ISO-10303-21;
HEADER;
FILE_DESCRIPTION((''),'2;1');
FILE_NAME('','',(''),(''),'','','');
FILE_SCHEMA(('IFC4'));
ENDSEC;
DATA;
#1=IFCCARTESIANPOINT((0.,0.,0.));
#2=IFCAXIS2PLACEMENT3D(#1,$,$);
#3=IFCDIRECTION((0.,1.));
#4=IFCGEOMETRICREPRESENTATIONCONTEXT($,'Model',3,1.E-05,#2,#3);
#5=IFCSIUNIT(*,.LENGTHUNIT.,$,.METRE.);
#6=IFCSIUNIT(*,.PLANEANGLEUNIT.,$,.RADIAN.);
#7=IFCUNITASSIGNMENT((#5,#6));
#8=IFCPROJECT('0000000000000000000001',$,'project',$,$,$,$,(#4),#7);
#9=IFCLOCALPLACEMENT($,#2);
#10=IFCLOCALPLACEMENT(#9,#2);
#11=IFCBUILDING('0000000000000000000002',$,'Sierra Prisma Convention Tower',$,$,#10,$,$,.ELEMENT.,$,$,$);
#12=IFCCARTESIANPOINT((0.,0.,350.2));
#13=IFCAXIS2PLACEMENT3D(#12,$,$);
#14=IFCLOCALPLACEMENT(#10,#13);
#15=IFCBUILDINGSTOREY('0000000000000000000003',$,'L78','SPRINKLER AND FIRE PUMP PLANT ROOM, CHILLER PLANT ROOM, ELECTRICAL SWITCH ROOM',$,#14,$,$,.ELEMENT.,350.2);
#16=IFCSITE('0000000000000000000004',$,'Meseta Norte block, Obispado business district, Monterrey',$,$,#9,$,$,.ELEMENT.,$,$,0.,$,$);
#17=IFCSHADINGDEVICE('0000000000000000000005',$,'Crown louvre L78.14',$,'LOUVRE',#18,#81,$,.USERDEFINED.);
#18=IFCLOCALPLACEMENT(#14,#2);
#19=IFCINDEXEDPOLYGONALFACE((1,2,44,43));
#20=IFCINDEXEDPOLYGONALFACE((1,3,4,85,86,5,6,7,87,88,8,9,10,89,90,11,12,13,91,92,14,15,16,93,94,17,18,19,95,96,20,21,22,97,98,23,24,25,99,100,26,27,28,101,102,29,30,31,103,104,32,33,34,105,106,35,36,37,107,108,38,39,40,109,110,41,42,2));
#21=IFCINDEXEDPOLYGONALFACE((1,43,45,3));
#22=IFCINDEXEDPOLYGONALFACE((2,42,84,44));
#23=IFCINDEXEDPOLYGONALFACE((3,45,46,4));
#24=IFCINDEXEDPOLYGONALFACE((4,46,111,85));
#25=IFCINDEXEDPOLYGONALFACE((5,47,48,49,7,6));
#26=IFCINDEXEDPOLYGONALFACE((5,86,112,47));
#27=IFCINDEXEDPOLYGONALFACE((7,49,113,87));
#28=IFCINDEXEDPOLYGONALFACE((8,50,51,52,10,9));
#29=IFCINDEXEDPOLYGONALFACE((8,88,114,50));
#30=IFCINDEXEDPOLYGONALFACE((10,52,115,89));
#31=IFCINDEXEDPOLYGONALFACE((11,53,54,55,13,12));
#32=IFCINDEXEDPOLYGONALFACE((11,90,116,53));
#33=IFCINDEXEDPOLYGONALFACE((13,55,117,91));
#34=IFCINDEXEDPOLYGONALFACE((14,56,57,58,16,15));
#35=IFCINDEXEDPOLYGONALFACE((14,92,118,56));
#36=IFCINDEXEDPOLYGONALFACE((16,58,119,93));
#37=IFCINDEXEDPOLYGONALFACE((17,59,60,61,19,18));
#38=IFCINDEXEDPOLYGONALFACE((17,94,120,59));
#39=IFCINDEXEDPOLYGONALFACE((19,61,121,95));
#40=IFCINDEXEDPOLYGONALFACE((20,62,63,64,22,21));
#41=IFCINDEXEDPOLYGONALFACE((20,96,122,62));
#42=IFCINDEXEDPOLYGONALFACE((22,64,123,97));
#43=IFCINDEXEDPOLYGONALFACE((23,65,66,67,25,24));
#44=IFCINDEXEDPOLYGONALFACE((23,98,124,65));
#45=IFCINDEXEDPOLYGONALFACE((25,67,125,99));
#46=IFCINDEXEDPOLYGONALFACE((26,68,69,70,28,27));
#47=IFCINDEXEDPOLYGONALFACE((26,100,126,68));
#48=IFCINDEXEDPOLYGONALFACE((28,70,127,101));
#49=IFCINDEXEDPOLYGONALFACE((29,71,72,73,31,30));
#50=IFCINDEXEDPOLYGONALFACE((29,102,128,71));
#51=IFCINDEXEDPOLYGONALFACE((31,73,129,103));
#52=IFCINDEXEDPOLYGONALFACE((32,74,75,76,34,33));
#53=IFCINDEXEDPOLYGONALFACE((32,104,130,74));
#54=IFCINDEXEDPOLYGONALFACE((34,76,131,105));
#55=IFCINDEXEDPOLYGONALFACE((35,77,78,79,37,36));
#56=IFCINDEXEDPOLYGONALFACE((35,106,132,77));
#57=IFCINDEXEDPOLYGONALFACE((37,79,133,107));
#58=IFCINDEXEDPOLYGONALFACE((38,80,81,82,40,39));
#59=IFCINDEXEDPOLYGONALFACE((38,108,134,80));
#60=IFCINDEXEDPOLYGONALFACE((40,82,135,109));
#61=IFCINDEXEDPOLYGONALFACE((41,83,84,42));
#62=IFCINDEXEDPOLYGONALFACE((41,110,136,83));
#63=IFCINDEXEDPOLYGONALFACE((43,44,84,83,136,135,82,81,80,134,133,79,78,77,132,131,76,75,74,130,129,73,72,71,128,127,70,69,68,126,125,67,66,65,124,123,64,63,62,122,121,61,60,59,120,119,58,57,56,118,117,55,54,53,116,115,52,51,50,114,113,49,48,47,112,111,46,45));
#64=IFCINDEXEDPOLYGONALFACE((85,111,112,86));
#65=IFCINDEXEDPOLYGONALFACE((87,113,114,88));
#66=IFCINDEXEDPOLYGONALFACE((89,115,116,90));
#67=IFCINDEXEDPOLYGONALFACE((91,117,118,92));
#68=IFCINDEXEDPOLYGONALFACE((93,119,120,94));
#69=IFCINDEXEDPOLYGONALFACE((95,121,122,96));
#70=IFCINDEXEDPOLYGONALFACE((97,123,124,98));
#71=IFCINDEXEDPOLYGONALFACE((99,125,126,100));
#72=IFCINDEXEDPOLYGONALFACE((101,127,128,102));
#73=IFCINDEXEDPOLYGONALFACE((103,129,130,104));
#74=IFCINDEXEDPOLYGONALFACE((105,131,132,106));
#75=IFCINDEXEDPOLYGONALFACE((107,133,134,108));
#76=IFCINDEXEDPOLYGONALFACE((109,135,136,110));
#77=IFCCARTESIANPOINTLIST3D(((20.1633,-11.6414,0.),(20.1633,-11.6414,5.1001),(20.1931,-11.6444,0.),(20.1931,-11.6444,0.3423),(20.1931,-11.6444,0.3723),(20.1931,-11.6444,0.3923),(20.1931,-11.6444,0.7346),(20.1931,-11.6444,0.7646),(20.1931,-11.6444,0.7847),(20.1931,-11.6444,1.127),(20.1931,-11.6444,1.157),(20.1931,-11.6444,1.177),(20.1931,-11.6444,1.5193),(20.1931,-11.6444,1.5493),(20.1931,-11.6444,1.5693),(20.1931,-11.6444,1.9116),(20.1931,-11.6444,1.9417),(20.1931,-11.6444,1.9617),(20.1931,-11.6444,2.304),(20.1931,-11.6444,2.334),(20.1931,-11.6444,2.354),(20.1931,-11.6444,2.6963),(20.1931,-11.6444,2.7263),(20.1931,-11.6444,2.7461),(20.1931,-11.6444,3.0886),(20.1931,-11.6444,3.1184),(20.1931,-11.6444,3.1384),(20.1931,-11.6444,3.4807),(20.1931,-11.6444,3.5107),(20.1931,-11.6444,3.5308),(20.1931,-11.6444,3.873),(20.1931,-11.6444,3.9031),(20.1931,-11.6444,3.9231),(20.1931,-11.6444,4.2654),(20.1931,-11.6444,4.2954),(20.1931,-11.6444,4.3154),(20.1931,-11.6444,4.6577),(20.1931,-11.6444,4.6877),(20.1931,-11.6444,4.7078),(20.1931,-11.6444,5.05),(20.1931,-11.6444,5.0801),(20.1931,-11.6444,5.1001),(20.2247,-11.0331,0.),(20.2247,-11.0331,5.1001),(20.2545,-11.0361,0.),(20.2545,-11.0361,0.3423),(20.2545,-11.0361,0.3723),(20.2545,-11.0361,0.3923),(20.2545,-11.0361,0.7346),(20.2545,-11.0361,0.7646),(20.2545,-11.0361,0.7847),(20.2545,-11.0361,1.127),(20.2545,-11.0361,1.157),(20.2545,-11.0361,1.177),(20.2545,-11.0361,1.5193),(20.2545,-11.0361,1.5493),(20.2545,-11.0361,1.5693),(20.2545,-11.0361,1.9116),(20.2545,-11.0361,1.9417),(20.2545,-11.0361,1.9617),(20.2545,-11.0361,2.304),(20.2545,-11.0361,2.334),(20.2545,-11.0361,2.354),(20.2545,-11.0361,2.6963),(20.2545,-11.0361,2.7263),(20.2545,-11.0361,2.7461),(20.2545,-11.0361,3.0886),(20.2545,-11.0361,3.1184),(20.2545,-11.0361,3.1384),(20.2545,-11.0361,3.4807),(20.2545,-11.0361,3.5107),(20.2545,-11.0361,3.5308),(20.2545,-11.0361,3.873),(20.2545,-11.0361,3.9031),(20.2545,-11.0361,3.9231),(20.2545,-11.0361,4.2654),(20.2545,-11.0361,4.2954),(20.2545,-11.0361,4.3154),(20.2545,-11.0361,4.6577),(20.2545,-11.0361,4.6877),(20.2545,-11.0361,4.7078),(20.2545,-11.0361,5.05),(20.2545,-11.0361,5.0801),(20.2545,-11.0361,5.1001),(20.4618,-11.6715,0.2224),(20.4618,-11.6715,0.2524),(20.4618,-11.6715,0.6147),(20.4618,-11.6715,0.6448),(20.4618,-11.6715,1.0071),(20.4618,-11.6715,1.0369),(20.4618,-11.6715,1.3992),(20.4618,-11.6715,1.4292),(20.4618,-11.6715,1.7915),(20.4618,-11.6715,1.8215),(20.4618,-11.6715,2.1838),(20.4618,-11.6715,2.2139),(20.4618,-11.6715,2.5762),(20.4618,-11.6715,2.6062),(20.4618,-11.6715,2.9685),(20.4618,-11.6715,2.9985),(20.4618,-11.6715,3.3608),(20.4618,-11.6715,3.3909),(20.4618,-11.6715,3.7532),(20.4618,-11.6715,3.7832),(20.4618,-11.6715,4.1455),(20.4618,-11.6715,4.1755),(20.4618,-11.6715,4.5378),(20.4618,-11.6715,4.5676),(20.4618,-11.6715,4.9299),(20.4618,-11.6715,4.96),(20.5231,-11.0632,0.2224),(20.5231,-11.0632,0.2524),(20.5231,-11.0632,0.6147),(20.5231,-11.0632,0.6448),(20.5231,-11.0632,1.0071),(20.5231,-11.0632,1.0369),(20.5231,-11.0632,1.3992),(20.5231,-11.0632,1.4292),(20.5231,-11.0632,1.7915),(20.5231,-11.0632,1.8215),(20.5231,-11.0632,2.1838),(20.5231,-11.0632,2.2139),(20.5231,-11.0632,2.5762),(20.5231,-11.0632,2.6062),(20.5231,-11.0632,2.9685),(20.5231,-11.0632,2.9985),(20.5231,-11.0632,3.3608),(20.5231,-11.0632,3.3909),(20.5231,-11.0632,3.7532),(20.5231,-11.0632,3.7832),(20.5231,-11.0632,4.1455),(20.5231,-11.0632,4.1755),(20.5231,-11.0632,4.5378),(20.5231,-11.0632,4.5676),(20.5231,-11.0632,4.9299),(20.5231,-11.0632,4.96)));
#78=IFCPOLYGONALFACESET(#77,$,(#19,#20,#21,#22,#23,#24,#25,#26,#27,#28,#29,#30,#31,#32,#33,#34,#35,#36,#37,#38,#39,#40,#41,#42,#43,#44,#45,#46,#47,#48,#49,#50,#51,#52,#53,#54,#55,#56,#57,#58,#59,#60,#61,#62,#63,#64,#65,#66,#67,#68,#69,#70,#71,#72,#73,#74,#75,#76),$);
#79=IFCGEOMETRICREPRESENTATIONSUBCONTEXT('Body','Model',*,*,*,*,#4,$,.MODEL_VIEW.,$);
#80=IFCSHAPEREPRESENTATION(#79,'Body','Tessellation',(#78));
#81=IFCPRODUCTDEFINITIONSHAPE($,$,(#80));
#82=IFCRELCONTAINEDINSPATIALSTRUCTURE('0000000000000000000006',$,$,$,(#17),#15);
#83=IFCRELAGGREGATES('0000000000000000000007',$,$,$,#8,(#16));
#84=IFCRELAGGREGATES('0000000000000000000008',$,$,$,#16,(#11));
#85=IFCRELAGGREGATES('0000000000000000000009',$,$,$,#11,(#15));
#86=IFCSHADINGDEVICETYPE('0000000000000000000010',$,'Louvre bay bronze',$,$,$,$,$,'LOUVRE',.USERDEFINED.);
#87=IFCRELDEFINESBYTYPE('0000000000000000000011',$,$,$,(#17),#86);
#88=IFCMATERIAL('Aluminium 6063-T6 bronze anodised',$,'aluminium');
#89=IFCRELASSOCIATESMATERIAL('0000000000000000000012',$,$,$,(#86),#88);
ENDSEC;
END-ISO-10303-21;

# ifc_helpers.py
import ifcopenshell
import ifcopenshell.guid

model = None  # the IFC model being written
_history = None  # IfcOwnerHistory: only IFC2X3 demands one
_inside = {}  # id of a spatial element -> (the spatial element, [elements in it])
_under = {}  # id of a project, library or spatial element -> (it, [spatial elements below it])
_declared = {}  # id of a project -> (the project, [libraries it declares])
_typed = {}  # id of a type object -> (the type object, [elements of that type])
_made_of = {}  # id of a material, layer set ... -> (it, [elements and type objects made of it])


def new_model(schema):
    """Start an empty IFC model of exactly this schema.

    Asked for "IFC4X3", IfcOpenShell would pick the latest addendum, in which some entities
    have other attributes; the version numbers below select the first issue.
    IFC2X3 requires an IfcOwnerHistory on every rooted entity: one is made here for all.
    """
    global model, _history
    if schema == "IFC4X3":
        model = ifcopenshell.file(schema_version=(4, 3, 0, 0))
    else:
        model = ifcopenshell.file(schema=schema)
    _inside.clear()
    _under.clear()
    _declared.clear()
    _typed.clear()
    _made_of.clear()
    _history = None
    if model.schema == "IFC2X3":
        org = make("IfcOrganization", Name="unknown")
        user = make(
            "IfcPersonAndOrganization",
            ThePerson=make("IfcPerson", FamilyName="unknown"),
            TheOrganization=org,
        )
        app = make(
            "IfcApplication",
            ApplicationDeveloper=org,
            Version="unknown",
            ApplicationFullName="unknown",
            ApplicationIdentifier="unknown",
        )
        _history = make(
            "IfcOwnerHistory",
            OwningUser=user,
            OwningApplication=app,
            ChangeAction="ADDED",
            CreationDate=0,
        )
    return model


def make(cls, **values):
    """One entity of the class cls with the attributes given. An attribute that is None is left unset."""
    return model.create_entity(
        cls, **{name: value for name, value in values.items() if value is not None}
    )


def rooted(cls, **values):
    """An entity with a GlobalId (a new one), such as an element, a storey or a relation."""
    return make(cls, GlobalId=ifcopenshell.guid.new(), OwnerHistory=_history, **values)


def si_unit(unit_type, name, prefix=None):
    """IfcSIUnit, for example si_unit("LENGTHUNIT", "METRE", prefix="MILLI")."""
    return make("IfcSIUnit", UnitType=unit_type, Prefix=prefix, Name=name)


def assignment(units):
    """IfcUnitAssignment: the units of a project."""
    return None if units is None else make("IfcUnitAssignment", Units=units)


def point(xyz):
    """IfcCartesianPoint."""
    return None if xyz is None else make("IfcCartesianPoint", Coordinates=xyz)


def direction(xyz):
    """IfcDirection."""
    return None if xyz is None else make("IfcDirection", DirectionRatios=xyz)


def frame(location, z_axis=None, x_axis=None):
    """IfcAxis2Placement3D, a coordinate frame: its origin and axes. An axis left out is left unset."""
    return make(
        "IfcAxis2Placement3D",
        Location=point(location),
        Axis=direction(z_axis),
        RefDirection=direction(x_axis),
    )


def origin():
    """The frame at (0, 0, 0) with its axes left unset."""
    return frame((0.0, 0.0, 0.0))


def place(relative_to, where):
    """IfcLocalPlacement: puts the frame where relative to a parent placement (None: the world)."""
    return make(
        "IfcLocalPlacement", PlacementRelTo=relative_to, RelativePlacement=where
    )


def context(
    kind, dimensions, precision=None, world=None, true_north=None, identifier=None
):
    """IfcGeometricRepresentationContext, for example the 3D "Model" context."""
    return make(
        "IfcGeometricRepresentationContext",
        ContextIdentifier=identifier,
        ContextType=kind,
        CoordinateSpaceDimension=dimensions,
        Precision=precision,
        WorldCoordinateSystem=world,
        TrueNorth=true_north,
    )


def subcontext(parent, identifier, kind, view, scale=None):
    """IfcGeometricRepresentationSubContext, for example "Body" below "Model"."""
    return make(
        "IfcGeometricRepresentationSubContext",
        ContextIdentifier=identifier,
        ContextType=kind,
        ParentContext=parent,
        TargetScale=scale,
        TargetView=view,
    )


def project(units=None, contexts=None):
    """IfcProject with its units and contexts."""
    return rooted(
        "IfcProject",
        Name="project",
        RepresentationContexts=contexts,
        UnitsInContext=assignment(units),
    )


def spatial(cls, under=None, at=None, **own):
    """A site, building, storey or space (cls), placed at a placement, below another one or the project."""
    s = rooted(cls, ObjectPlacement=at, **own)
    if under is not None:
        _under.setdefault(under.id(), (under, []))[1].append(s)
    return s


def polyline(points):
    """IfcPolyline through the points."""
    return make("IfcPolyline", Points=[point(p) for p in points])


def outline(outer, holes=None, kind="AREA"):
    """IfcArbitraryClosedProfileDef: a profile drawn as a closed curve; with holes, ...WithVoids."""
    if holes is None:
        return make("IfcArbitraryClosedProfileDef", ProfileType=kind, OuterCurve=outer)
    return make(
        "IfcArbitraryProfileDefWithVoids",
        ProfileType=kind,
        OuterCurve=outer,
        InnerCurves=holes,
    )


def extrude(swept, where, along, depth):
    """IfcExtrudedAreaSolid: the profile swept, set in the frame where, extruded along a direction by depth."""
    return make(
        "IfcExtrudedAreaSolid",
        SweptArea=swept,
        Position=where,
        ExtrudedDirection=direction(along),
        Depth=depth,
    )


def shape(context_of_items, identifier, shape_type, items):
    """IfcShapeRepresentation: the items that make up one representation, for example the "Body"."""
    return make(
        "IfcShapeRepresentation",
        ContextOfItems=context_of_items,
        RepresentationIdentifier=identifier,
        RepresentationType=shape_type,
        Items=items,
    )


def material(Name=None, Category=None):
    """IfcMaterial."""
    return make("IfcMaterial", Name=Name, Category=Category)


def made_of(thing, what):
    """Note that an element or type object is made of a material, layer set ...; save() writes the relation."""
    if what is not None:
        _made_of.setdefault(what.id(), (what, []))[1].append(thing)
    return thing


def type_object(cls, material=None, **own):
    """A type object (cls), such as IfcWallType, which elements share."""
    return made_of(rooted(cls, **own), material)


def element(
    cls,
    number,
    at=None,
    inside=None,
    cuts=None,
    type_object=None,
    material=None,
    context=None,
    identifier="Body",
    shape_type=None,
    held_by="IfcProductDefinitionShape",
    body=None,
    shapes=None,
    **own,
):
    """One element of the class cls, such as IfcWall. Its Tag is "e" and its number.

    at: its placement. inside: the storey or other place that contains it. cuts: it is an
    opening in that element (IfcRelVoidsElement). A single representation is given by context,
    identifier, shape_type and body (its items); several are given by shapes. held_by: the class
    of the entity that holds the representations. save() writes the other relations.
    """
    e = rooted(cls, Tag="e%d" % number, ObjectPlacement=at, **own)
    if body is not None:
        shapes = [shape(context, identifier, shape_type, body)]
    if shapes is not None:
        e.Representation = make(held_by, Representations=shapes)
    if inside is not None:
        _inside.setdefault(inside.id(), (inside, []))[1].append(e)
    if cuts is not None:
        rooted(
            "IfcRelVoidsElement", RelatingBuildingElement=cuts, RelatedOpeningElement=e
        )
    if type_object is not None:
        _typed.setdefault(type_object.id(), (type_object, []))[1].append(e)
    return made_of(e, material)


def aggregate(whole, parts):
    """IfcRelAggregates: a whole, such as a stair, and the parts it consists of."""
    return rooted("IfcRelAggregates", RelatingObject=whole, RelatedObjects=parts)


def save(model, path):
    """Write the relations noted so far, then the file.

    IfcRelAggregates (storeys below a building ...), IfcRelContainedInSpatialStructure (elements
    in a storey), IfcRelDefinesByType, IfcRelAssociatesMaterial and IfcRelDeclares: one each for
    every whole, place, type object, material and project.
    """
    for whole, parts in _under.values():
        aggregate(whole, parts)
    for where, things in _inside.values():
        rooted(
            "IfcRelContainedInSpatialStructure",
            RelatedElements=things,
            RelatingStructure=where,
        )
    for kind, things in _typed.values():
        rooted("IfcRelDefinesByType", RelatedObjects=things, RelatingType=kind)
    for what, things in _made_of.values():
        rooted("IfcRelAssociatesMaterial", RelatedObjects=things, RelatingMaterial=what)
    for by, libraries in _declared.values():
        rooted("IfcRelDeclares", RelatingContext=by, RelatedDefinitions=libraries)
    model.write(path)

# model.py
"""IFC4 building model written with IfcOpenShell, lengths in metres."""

from ifc_helpers import new_model, si_unit, direction, frame, origin, place, context, subcontext, project, spatial, polyline, outline, extrude, material, type_object, element, save


model = new_model("IFC4")

# Units and contexts
model_context = context("Model", 3, precision=1e-05, world=origin(), true_north=direction((0.0, 1.0)))
body_context = subcontext(model_context, "Body", "Model", "MODEL_VIEW")
ifc_project = project(units=[si_unit("LENGTHUNIT", "METRE"), si_unit("PLANEANGLEUNIT", "RADIAN")], contexts=[model_context])

# Site, building, storey
site_placement = place(None, origin())
site = spatial("IfcSite", under=ifc_project, at=site_placement, Name="Meseta Norte block, Obispado business district, Monterrey", CompositionType="ELEMENT", RefElevation=0.0)
building_placement = place(site_placement, origin())
building = spatial("IfcBuilding", under=site, at=building_placement, Name="Sierra Prisma Convention Tower", CompositionType="ELEMENT")
storey_placement = place(building_placement, frame((0.0, 0.0, 350.2)))
storey = spatial("IfcBuildingStorey", under=building, at=storey_placement, Name="L78", Description="SPRINKLER AND FIRE PUMP PLANT ROOM, CHILLER PLANT ROOM, ELECTRICAL SWITCH ROOM", CompositionType="ELEMENT", Elevation=350.2)

# Shading device
ifc_material_1 = material(Name="Aluminium 6063-T6 bronze anodised", Category="aluminium")
shading_device_type = type_object("IfcShadingDeviceType", Name="Louvre bay bronze", ElementType="LOUVRE", PredefinedType="USERDEFINED", material=ifc_material_1)
shading_device_1_placement = place(storey_placement, frame((20.1633, -11.6414, 0.0), z_axis=(-0.100375, -0.99495, 0.0), x_axis=(0.0, 0.0, 1.0)))
element("IfcShadingDevice", 1, at=shading_device_1_placement, inside=storey, type_object=shading_device_type, Name="Crown louvre L78.14", ObjectType="LOUVRE", PredefinedType="USERDEFINED", context=body_context, shape_type="SweptSolid", body=[
    extrude(outline(polyline([(0.0, 0.0), (5.1001, 0.0), (5.1001, -0.0299), (5.0801, -0.0299), (4.96, -0.2999), (4.9299, -0.2999), (5.05, -0.0299), (4.7078, -0.0299), (4.6877, -0.0299), (4.5676, -0.2999), (4.5378, -0.2999), (4.6577, -0.0299), (4.3154, -0.0299), (4.2954, -0.0299), (4.1755, -0.2999), (4.1455, -0.2999), (4.2654, -0.0299), (3.9231, -0.0299), (3.9031, -0.0299), (3.7832, -0.2999), (3.7532, -0.2999), (3.873, -0.0299), (3.5308, -0.0299), (3.5107, -0.0299), (3.3909, -0.2999), (3.3608, -0.2999), (3.4807, -0.0299), (3.1384, -0.0299), (3.1184, -0.0299), (2.9985, -0.2999), (2.9685, -0.2999), (3.0886, -0.0299), (2.7461, -0.0299), (2.7263, -0.0299), (2.6062, -0.2999), (2.5762, -0.2999), (2.6963, -0.0299), (2.354, -0.0299), (2.334, -0.0299), (2.2139, -0.2999), (2.1838, -0.2999), (2.304, -0.0299), (1.9617, -0.0299), (1.9417, -0.0299), (1.8215, -0.2999), (1.7915, -0.2999), (1.9116, -0.0299), (1.5693, -0.0299), (1.5493, -0.0299), (1.4292, -0.2999), (1.3992, -0.2999), (1.5193, -0.0299), (1.177, -0.0299), (1.157, -0.0299), (1.0369, -0.2999), (1.0071, -0.2999), (1.127, -0.0299), (0.7847, -0.0299), (0.7646, -0.0299), (0.6448, -0.2999), (0.6147, -0.2999), (0.7346, -0.0299), (0.3923, -0.0299), (0.3723, -0.0299), (0.2524, -0.2999), (0.2224, -0.2999), (0.3423, -0.0299), (0.0, -0.0299), (0.0, 0.0)])), origin(), (0.0, 0.0, -1.0), 0.6113),
])

save(model, "model.ifc")
